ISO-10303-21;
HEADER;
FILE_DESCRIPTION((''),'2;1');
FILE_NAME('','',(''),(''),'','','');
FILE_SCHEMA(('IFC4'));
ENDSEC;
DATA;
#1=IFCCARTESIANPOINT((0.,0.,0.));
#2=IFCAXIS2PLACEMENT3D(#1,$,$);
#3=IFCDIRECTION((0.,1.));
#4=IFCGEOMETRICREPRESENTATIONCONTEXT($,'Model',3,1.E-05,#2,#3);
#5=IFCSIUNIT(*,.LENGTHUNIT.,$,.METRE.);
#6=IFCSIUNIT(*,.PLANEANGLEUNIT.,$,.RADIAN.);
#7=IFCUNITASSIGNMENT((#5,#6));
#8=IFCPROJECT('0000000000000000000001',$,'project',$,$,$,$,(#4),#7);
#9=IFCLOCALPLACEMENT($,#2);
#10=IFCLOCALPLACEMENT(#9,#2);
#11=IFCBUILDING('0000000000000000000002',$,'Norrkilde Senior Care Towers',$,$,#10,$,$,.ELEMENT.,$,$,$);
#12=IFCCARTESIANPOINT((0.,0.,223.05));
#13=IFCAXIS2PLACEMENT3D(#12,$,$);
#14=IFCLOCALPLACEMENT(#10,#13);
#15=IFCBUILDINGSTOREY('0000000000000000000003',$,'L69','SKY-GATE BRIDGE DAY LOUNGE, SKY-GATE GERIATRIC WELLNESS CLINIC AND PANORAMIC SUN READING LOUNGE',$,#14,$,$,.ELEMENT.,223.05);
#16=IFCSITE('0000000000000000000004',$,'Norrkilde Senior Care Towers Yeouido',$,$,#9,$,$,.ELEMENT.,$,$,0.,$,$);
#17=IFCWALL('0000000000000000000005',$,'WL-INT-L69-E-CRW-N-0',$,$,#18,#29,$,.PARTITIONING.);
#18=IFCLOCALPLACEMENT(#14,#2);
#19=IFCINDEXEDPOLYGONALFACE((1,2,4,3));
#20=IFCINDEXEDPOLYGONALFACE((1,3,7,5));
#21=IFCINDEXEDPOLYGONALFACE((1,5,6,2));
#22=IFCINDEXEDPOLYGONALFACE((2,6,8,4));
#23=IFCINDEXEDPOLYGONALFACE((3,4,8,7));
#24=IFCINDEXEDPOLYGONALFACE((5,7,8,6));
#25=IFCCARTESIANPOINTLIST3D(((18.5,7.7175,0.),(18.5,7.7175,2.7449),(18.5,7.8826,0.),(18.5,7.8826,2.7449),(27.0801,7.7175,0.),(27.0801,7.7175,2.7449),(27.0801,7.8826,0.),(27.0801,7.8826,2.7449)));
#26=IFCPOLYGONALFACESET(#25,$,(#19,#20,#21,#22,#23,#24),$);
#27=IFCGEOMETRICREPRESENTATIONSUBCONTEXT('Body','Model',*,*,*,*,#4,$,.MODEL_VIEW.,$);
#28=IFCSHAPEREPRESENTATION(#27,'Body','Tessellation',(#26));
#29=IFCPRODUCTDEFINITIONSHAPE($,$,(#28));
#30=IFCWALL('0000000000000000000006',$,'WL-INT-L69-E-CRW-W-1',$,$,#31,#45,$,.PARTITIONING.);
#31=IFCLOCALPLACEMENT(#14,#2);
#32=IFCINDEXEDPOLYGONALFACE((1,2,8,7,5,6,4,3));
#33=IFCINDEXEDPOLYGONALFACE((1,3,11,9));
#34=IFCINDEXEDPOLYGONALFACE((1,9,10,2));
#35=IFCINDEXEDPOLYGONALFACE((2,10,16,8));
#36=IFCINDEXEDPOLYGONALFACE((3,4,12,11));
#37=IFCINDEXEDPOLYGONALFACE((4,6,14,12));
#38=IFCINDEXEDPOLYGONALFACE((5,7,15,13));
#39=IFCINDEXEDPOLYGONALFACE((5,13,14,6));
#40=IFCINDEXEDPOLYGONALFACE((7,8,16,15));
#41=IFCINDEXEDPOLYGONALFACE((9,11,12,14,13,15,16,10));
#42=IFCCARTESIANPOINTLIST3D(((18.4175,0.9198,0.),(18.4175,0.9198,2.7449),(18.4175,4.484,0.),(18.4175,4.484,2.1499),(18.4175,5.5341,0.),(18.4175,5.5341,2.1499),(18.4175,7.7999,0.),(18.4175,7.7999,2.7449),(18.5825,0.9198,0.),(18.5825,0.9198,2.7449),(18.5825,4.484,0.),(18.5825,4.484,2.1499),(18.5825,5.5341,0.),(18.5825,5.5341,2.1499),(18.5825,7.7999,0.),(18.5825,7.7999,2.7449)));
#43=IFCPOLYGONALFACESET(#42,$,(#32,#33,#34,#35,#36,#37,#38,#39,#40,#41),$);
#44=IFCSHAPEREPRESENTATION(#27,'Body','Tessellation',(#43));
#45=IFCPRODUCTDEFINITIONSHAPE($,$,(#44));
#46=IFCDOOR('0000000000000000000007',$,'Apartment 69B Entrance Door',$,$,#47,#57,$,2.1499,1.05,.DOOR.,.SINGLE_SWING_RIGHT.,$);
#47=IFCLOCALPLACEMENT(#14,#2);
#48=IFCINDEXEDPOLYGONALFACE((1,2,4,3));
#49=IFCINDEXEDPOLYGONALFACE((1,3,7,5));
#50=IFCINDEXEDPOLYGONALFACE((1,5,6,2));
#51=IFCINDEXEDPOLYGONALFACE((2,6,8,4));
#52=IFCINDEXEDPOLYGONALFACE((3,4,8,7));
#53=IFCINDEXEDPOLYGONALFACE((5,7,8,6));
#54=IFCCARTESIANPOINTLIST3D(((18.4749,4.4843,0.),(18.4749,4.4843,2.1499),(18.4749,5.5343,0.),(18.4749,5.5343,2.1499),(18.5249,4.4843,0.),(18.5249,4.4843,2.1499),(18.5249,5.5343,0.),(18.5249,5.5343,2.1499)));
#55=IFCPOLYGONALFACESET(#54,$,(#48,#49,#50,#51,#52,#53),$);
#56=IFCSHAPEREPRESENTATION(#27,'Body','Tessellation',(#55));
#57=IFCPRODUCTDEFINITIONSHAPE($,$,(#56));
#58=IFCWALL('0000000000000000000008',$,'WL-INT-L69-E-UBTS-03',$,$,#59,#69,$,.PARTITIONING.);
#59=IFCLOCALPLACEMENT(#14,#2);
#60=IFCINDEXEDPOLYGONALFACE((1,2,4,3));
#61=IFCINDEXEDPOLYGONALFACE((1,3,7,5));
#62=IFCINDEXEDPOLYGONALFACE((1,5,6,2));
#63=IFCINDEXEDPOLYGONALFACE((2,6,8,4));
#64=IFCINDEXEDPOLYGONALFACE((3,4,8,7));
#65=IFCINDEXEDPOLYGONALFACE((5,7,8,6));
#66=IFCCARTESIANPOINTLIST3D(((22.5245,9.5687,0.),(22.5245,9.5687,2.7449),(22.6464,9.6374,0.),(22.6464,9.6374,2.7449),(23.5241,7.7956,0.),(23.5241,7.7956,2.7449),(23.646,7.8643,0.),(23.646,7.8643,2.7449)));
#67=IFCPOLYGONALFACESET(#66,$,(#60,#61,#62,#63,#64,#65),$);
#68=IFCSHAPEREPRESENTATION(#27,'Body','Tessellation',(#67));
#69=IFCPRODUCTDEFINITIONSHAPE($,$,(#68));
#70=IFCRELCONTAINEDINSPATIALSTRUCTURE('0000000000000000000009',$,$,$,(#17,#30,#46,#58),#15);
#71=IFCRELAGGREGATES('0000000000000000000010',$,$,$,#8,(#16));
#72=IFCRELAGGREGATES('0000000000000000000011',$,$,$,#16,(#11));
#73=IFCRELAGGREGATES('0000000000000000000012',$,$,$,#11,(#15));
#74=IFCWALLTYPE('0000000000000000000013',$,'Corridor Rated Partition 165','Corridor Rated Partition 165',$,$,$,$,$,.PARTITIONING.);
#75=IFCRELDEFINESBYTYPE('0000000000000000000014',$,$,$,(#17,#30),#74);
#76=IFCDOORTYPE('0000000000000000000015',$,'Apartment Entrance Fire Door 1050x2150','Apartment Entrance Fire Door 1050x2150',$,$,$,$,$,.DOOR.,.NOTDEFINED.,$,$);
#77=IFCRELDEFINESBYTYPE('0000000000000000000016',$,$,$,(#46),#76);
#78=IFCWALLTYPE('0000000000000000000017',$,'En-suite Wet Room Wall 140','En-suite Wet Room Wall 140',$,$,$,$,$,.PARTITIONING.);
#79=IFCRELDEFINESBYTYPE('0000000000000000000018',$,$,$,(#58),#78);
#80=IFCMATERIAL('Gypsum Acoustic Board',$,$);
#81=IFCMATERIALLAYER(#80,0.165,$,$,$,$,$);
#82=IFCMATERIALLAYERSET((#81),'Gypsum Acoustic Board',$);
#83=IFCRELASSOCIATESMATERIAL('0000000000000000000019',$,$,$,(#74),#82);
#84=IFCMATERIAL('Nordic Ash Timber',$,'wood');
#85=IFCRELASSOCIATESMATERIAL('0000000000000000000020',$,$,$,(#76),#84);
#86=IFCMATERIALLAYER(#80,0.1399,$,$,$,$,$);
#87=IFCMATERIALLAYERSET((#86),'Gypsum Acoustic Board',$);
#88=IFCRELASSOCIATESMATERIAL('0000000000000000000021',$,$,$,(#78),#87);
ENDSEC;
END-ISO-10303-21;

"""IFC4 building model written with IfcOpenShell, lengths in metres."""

from ifc_helpers import new_model, si_unit, direction, frame, frame_2d, origin, place, context, subcontext, project, spatial, rectangle, extrude, source, transform, mapped, material, layer, layer_set, type_object, type_shapes, element, fill, save


model = new_model("IFC4")

# Units and contexts
model_context = context("Model", 3, precision=1e-05, world=origin(), true_north=direction((0.0, 1.0)))
body_context = subcontext(model_context, "Body", "Model", "MODEL_VIEW")
ifc_project = project(units=[si_unit("LENGTHUNIT", "METRE"), si_unit("PLANEANGLEUNIT", "RADIAN")], contexts=[model_context])

# Site, building, storey
site_placement = place(None, origin())
site = spatial("IfcSite", under=ifc_project, at=site_placement, Name="Norrkilde Senior Care Towers Yeouido", CompositionType="ELEMENT", RefElevation=0.0)
building_placement = place(site_placement, origin())
building = spatial("IfcBuilding", under=site, at=building_placement, Name="Norrkilde Senior Care Towers", CompositionType="ELEMENT")
storey_placement = place(building_placement, frame((0.0, 0.0, 223.05)))
storey = spatial("IfcBuildingStorey", under=building, at=storey_placement, Name="L69", Description="SKY-GATE BRIDGE DAY LOUNGE, SKY-GATE GERIATRIC WELLNESS CLINIC AND PANORAMIC SUN READING LOUNGE", CompositionType="ELEMENT", Elevation=223.05)

# Shared definitions
ifc_material_1 = material(Name="Gypsum Acoustic Board")
ifc_layer_1 = layer(ifc_material_1, 0.165)
ifc_layer_set_1 = layer_set([ifc_layer_1], Name="Gypsum Acoustic Board")
wall_type_1 = type_object("IfcWallType", Name="Corridor Rated Partition 165", Description="Corridor Rated Partition 165", PredefinedType="PARTITIONING", material=ifc_layer_set_1)

# Wall
shared_shape_1 = source(origin(), body_context, "Body", "SweptSolid", [
    extrude(rectangle(XDim=8.5801, YDim=0.165, at=frame_2d((4.29, 0.0))), origin(), (0.0, 0.0, 1.0), 2.7449),
])
wall_1_placement = place(storey_placement, frame((18.5, 7.8, 0.0), z_axis=(0.0, 0.0, 1.0), x_axis=(1.0, 0.0, 0.0)))
element("IfcWall", 1, at=wall_1_placement, inside=storey, type_object=wall_type_1, Name="WL-INT-L69-E-CRW-N-0", PredefinedType="PARTITIONING", context=body_context, shape_type="MappedRepresentation", body=[
    mapped(shared_shape_1, transform((0.0, 0.0, 0.0), x_axis=(1.0, 0.0, 0.0), y_axis=(0.0, 1.0, 0.0), z_axis=(0.0, 0.0, 1.0), scale=1.0)),
])

# Wall, opening, door
shared_shape_2 = source(origin(), body_context, "Body", "SweptSolid", [
    extrude(rectangle(XDim=6.8801, YDim=0.165, at=frame_2d((3.4399, 0.0))), origin(), (0.0, 0.0, 1.0), 2.7449),
])
wall_2_placement = place(storey_placement, frame((18.5, 0.9199, 0.0), z_axis=(0.0, 0.0, 1.0), x_axis=(0.0, 1.0, 0.0)))
wall_2 = element("IfcWall", 2, at=wall_2_placement, inside=storey, type_object=wall_type_1, Name="WL-INT-L69-E-CRW-W-1", PredefinedType="PARTITIONING", context=body_context, shape_type="MappedRepresentation", body=[
    mapped(shared_shape_2, transform((0.0, 0.0, 0.0), x_axis=(1.0, 0.0, 0.0), y_axis=(0.0, 1.0, 0.0), z_axis=(0.0, 0.0, 1.0), scale=1.0)),
])
opening_1_placement = place(wall_2_placement, frame((3.5642, 0.0, 0.0)))
opening_1 = element("IfcOpeningElement", 3, at=opening_1_placement, cuts=wall_2, PredefinedType="OPENING", context=body_context, shape_type="SweptSolid", body=[
    extrude(rectangle(XDim=1.05, YDim=2.1499, at=frame_2d((0.5249, 1.075))), frame((0.0, 0.0925, 0.0), z_axis=(0.0, -1.0, 0.0), x_axis=(1.0, 0.0, 0.0)), (0.0, 0.0, 1.0), 0.1851),
])
ifc_material_2 = material(Name="Nordic Ash Timber", Category="wood")
door_type_1 = type_object("IfcDoorType", Name="Apartment Entrance Fire Door 1050x2150", Description="Apartment Entrance Fire Door 1050x2150", OperationType="NOTDEFINED", PredefinedType="DOOR", material=ifc_material_2)
shared_shape_3 = source(origin(), body_context, "Body", "SweptSolid", [
    extrude(rectangle(XDim=1.05, YDim=2.1499, at=frame_2d((0.5249, 1.075))), frame((0.0, 0.0249, 0.0), z_axis=(0.0, -1.0, 0.0), x_axis=(1.0, 0.0, 0.0)), (0.0, 0.0, 1.0), 0.05),
])
type_shapes(door_type_1, [shared_shape_3])
door_1_placement = place(opening_1_placement, frame((1.05, 0.0, 0.0), z_axis=(0.0, 0.0, 1.0), x_axis=(-1.0, 0.0, 0.0)))
door_1 = element("IfcDoor", 4, at=door_1_placement, inside=storey, type_object=door_type_1, Name="Apartment 69B Entrance Door", OperationType="SINGLE_SWING_RIGHT", OverallHeight=2.1499, OverallWidth=1.05, PredefinedType="DOOR", context=body_context, shape_type="MappedRepresentation", body=[
    mapped(shared_shape_3, transform((0.0, 0.0, 0.0), x_axis=(1.0, 0.0, 0.0), y_axis=(0.0, 1.0, 0.0), z_axis=(0.0, 0.0, 1.0), scale=1.0)),
])
fill(opening_1, door_1)

# Wall
ifc_layer_2 = layer(ifc_material_1, 0.1399)
ifc_layer_set_2 = layer_set([ifc_layer_2], Name="Gypsum Acoustic Board")
wall_type_2 = type_object("IfcWallType", Name="En-suite Wet Room Wall 140", Description="En-suite Wet Room Wall 140", PredefinedType="PARTITIONING", material=ifc_layer_set_2)
shared_shape_4 = source(origin(), body_context, "Body", "SweptSolid", [
    extrude(rectangle(XDim=2.0354, YDim=0.1399, at=frame_2d((1.0176, 0.0))), origin(), (0.0, 0.0, 1.0), 2.7449),
])
type_shapes(wall_type_2, [shared_shape_4])
wall_3_placement = place(storey_placement, frame((23.585, 7.8301, 0.0), z_axis=(0.0, 0.0, 1.0), x_axis=(-0.491093, 0.871107, 0.0)))
element("IfcWall", 5, at=wall_3_placement, inside=storey, type_object=wall_type_2, Name="WL-INT-L69-E-UBTS-03", PredefinedType="PARTITIONING", context=body_context, shape_type="MappedRepresentation", body=[
    mapped(shared_shape_4, transform((0.0, 0.0, 0.0), x_axis=(1.0, 0.0, 0.0), y_axis=(0.0, 1.0, 0.0), z_axis=(0.0, 0.0, 1.0), scale=1.0)),
])

save(model, "model.ifc")
